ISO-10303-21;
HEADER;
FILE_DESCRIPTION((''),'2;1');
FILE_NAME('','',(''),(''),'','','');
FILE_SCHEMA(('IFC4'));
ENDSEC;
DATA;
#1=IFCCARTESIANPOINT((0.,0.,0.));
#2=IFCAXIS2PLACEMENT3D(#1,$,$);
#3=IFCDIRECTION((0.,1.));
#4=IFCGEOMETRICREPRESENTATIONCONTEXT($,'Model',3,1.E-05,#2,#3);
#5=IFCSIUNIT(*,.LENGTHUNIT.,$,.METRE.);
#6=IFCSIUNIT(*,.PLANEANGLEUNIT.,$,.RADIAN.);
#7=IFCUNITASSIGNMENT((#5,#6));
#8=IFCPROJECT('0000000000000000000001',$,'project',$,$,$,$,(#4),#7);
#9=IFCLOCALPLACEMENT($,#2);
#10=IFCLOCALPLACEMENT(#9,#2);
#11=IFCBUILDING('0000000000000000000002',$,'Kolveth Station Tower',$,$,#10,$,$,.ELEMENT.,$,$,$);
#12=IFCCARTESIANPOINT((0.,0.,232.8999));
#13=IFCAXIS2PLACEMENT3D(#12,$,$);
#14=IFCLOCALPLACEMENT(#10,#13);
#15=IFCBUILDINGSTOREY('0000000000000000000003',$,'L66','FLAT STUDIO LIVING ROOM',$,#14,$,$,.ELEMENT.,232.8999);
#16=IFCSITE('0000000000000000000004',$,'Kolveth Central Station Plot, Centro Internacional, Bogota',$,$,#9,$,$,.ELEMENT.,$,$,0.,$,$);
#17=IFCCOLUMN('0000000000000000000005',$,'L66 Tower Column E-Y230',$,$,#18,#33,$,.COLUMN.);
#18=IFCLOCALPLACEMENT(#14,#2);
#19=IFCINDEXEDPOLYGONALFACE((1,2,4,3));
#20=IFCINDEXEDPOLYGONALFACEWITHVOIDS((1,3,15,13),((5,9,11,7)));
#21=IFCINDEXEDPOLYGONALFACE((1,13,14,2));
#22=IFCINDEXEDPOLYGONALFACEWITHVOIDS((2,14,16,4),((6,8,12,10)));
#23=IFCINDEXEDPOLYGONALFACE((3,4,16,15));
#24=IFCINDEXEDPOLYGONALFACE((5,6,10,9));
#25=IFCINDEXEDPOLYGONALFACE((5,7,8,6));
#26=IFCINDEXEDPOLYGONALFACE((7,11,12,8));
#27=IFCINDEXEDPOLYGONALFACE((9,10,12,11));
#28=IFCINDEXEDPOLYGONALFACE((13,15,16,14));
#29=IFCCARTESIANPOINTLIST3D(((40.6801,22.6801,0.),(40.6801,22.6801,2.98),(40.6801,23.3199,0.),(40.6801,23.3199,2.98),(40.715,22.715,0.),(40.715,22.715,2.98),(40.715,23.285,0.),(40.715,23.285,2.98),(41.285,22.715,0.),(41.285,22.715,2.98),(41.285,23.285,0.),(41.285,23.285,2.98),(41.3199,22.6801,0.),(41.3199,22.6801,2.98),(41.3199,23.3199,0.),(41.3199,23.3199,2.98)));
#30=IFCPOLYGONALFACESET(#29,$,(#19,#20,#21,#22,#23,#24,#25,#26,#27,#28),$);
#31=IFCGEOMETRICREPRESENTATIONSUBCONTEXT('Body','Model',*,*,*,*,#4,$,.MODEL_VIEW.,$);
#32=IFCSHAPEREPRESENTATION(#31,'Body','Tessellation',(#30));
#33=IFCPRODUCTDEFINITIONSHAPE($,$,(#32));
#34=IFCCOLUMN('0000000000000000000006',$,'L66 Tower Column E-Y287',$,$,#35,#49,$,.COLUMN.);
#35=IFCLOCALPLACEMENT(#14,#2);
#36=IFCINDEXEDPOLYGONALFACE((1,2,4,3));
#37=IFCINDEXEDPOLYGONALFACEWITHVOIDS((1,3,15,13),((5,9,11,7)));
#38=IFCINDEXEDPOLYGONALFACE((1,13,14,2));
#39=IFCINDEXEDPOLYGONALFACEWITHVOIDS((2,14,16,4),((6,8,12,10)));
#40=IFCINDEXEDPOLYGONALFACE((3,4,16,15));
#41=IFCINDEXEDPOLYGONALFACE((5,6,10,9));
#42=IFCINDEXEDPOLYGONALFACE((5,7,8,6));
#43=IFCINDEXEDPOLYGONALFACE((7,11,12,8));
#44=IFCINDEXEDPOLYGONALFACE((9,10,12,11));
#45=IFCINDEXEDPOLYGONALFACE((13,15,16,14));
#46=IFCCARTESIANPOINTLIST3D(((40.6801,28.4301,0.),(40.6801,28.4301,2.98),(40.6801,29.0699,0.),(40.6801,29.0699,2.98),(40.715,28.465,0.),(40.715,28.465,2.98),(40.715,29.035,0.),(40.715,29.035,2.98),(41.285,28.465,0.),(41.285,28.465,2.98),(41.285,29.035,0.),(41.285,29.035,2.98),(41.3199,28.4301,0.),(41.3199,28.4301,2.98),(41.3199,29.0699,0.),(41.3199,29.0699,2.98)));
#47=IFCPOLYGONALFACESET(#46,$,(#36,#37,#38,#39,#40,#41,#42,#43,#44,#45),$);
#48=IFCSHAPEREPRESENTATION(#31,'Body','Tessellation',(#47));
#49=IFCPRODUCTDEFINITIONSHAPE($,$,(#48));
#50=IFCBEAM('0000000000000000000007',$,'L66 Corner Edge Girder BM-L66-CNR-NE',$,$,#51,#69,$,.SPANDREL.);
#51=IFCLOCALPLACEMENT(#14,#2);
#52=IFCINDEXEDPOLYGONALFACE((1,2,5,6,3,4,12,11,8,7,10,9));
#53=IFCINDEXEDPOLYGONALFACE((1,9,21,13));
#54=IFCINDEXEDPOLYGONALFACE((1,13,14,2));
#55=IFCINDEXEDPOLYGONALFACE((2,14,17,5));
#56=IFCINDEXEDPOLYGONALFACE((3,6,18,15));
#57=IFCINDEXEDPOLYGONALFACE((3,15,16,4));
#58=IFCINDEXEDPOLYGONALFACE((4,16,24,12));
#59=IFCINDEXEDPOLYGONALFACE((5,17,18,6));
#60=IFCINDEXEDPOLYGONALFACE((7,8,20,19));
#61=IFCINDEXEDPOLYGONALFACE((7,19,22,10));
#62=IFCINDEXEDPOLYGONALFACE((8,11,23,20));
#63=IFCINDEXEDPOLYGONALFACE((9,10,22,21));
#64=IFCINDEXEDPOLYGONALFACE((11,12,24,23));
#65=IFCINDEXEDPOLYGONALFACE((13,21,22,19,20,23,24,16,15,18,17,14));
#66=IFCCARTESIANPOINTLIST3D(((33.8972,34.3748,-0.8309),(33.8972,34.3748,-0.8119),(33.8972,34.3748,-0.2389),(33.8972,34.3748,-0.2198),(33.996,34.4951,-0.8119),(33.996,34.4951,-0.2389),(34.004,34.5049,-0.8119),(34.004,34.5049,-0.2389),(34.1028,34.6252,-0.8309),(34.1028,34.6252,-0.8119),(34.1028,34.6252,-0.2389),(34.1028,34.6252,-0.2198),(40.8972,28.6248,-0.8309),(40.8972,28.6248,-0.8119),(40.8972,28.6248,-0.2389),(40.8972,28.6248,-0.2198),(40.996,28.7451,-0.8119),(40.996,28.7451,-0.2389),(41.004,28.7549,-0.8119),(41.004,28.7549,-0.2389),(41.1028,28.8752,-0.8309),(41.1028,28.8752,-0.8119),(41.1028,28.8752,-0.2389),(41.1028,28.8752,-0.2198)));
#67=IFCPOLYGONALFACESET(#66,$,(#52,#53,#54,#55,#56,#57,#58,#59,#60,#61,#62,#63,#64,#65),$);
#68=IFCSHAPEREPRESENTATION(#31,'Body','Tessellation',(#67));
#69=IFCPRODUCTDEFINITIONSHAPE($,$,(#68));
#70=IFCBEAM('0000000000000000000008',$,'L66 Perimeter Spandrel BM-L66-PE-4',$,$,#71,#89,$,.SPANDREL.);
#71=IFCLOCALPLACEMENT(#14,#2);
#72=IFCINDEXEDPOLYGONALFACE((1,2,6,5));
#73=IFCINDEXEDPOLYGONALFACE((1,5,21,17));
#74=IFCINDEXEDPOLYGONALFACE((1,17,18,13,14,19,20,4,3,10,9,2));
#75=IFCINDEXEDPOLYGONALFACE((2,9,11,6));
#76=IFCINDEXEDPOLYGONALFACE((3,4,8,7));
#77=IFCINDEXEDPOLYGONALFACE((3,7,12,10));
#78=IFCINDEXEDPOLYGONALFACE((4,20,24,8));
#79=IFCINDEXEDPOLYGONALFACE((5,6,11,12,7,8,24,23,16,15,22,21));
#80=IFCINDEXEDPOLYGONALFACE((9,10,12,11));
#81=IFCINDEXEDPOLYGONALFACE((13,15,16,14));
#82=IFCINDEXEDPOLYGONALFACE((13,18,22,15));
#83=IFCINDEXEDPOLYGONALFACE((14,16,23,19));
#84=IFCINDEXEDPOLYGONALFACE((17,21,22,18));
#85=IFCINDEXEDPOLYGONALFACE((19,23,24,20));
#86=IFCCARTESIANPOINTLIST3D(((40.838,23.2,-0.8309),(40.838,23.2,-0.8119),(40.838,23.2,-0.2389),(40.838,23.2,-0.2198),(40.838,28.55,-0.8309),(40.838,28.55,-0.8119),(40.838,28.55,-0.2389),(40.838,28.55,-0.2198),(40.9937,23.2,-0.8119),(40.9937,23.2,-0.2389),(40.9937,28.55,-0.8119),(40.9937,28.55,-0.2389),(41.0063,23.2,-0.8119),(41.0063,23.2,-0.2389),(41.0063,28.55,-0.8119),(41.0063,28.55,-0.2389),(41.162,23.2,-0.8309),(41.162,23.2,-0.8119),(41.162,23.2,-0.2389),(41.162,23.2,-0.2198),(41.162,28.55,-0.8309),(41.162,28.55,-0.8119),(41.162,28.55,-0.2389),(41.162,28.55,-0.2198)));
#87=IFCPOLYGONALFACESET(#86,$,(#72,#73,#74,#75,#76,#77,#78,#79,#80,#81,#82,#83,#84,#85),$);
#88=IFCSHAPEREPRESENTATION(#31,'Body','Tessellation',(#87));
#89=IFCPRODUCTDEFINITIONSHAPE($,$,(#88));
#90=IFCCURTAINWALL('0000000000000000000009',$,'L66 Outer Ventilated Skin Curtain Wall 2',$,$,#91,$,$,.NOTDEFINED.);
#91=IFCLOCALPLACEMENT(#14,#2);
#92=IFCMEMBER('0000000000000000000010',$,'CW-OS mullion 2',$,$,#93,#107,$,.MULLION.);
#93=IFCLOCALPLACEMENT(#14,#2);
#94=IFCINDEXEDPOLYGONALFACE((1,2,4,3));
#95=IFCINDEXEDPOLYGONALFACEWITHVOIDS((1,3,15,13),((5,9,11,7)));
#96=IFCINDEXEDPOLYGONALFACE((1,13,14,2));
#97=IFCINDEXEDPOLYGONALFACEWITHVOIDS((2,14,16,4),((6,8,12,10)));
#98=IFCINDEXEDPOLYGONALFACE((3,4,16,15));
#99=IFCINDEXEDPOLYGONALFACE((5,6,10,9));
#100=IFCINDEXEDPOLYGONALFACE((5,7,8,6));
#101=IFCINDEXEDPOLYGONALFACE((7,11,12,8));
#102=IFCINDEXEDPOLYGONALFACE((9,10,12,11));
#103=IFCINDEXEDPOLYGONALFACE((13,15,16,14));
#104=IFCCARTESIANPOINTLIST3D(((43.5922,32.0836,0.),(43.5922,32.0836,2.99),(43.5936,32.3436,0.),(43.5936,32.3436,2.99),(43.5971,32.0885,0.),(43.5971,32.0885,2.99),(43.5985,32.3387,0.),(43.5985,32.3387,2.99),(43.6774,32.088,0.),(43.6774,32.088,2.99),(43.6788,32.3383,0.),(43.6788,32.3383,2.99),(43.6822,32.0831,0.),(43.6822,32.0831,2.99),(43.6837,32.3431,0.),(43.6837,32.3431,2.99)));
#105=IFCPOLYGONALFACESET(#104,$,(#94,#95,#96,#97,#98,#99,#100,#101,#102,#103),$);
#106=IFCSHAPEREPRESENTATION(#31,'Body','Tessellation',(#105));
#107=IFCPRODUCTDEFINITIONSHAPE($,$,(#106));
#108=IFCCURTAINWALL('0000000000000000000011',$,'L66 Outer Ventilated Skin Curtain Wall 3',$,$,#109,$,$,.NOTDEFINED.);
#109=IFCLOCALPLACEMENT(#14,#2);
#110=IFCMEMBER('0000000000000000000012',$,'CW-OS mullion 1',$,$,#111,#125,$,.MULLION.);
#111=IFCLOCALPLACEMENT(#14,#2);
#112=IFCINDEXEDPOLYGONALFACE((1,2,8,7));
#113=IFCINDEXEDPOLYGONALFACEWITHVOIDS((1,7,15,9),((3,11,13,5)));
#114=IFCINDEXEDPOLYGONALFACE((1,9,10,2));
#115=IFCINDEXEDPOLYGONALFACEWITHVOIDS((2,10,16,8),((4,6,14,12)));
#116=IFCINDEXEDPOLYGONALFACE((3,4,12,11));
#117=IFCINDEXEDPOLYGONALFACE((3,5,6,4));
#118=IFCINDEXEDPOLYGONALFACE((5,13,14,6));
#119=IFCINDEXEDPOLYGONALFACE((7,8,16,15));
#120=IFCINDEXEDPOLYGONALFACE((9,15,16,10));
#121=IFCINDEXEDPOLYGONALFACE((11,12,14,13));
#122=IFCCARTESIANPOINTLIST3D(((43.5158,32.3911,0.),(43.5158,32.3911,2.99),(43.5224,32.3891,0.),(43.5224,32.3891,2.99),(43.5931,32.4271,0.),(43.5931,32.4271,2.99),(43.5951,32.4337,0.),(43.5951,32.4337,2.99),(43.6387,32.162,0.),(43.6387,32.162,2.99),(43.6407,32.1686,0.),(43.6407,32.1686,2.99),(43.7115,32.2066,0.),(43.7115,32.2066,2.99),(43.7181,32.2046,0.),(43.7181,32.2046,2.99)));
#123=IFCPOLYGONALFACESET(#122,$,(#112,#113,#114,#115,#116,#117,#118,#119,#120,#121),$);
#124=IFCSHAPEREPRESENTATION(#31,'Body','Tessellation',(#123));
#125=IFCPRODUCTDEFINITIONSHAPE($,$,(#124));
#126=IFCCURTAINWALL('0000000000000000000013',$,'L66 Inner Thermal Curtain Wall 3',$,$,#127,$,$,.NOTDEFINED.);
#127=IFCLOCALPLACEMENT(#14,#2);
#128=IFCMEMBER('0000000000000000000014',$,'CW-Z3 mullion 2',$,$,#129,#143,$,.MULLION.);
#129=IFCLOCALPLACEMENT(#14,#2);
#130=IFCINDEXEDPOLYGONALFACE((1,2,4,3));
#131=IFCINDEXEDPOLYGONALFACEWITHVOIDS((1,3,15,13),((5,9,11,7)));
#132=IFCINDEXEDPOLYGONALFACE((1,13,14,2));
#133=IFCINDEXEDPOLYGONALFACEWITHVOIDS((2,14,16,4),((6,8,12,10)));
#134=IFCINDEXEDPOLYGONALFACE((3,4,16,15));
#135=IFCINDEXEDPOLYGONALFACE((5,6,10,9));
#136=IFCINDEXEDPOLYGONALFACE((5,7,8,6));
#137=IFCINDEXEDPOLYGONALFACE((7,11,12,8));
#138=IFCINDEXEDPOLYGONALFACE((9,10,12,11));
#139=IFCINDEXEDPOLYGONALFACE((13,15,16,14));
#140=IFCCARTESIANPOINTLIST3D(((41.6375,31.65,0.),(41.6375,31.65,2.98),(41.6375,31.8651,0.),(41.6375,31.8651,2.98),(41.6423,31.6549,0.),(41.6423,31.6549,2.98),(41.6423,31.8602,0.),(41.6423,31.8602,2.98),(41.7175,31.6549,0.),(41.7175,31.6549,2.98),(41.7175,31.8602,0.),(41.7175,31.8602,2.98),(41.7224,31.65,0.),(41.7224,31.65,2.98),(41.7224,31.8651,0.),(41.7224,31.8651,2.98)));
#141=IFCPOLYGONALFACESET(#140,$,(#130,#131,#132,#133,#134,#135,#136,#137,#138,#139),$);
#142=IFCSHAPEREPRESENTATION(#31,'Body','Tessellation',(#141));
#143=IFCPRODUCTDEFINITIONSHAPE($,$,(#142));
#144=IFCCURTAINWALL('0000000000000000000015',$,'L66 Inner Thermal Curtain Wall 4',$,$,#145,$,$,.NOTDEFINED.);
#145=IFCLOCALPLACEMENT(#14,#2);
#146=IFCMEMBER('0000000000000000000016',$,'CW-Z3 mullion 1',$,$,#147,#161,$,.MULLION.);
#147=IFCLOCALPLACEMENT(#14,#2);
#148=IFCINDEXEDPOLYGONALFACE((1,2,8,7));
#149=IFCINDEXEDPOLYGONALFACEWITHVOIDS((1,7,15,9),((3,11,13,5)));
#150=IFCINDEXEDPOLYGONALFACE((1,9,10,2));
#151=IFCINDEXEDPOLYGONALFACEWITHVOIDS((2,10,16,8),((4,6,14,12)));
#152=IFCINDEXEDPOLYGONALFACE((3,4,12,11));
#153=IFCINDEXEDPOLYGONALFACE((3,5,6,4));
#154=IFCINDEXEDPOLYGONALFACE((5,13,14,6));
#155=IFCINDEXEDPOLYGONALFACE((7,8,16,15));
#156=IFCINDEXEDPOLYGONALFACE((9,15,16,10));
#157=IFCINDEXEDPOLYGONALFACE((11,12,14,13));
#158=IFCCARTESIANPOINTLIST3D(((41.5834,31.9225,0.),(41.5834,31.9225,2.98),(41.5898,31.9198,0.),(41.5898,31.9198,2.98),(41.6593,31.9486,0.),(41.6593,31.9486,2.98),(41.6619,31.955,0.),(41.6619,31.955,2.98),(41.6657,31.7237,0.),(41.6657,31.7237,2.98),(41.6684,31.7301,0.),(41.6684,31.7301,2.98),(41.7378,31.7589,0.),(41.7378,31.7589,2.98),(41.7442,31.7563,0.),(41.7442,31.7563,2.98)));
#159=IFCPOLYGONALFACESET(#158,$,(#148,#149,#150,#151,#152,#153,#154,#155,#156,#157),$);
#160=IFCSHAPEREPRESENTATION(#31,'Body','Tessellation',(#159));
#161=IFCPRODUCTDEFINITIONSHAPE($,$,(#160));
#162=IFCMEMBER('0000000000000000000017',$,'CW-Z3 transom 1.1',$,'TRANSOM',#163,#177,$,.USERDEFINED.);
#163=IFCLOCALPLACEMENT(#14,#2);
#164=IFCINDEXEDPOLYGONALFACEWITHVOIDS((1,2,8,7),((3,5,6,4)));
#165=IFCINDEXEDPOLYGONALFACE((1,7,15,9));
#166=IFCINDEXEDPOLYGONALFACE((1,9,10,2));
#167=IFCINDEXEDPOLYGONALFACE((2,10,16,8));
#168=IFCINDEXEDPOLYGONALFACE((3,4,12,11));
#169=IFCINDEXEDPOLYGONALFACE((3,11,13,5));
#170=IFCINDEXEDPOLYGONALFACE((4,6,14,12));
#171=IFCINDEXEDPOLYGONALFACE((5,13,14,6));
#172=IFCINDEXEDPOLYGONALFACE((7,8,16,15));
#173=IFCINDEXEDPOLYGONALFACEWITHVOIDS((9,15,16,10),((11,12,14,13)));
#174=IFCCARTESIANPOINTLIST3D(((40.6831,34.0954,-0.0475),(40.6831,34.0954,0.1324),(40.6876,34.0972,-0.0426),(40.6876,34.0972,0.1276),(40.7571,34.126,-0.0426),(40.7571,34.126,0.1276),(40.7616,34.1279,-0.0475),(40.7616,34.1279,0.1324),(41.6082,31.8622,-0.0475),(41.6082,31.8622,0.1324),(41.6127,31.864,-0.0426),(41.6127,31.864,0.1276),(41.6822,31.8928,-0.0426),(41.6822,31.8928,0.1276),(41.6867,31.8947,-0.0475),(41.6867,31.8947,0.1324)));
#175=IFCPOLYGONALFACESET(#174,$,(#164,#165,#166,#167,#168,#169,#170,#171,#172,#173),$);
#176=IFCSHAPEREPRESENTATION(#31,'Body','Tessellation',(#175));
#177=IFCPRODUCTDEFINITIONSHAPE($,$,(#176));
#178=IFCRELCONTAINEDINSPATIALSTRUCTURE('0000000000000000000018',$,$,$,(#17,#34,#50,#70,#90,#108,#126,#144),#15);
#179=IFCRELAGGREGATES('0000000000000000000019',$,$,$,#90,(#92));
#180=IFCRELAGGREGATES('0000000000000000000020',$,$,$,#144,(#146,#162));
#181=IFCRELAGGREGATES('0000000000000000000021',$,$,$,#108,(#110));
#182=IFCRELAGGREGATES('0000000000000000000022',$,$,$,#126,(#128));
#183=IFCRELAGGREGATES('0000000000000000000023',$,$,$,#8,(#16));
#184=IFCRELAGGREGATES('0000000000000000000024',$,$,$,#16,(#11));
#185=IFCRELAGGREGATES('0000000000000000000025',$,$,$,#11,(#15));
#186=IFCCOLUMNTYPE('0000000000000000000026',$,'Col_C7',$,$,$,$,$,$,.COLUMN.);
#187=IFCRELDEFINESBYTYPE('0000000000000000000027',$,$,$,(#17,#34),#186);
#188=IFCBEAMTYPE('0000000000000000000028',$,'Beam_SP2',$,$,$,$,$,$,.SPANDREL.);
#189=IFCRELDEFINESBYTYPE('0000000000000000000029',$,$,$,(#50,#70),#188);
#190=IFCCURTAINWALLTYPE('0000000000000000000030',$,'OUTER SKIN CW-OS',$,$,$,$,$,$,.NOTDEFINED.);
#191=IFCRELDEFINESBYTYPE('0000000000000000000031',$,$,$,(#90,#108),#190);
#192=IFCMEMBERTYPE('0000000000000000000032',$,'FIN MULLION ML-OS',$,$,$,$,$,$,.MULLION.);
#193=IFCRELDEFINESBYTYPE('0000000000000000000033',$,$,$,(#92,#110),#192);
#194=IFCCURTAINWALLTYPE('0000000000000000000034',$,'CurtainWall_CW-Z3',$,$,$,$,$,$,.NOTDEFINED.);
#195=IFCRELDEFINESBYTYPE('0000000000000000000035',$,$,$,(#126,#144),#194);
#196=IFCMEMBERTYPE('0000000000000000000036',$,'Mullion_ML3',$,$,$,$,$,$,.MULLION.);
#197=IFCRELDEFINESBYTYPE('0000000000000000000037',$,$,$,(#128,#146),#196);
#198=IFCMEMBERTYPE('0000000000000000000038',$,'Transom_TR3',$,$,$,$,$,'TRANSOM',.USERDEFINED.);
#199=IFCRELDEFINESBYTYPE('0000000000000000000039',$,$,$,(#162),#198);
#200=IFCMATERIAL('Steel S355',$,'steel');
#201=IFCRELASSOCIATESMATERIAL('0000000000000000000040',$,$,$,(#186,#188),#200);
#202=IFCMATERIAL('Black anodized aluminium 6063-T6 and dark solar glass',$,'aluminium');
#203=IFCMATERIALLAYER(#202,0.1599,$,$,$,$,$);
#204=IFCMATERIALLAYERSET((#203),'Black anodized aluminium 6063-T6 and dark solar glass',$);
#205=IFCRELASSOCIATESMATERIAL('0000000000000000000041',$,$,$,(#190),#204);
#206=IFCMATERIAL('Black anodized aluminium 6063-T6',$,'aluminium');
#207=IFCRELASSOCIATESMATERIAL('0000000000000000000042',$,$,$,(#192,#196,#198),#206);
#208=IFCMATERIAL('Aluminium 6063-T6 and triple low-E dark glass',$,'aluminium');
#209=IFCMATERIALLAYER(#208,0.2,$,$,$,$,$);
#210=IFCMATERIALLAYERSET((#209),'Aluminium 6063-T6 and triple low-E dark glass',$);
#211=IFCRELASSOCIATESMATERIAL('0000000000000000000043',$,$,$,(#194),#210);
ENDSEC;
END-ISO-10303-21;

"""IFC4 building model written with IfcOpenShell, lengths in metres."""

from ifc_helpers import new_model, si_unit, direction, frame, origin, origin_2d, place, context, subcontext, project, spatial, hollow_rectangle, i_section, extrude, source, transform, mapped, material, layer, layer_set, material_profile, profile_set, type_object, element, aggregate, save


model = new_model("IFC4")

# Units and contexts
model_context = context("Model", 3, precision=1e-05, world=origin(), true_north=direction((0.0, 1.0)))
body_context = subcontext(model_context, "Body", "Model", "MODEL_VIEW")
ifc_project = project(units=[si_unit("LENGTHUNIT", "METRE"), si_unit("PLANEANGLEUNIT", "RADIAN")], contexts=[model_context])

# Site, building, storey
site_placement = place(None, origin())
site = spatial("IfcSite", under=ifc_project, at=site_placement, Name="Kolveth Central Station Plot, Centro Internacional, Bogota", CompositionType="ELEMENT", RefElevation=0.0)
building_placement = place(site_placement, origin())
building = spatial("IfcBuilding", under=site, at=building_placement, Name="Kolveth Station Tower", CompositionType="ELEMENT")
storey_placement = place(building_placement, frame((0.0, 0.0, 232.8999)))
storey = spatial("IfcBuildingStorey", under=building, at=storey_placement, Name="L66", Description="FLAT STUDIO LIVING ROOM", CompositionType="ELEMENT", Elevation=232.8999)

# Columns
ifc_material_1 = material(Name="Steel S355", Category="steel")
ifc_material_profile_1 = material_profile(ifc_material_1, hollow_rectangle(XDim=0.6399, YDim=0.6399, WallThickness=0.0349, at=origin_2d()), Name="BOX640x640x35")
ifc_profile_set_1 = profile_set([ifc_material_profile_1], Name="Steel S355")
column_type = type_object("IfcColumnType", Name="Col_C7", PredefinedType="COLUMN", material=ifc_profile_set_1)
shared_shape_1 = source(origin(), body_context, "Body", "SweptSolid", [
    extrude(hollow_rectangle(XDim=0.6399, YDim=0.6399, WallThickness=0.0349, at=origin_2d()), origin(), (0.0, 0.0, 1.0), 2.98),
])
for number, where, z_axis, x_axis, name in (
    (1, (41.0, 23.0, 0.0), (0.0, 0.0, 1.0), (1.0, 0.0, 0.0), "L66 Tower Column E-Y230"),
    (2, (41.0, 28.75, 0.0), (0.0, 0.0, 1.0), (1.0, 0.0, 0.0), "L66 Tower Column E-Y287"),
):
    element("IfcColumn", number, at=place(storey_placement, frame(where, z_axis=z_axis, x_axis=x_axis)), inside=storey, type_object=column_type, Name=name, PredefinedType="COLUMN", context=body_context, shape_type="MappedRepresentation", body=[
        mapped(shared_shape_1, transform((0.0, 0.0, 0.0), x_axis=(1.0, 0.0, 0.0), y_axis=(0.0, 1.0, 0.0), z_axis=(0.0, 0.0, 1.0), scale=1.0)),
    ])

# Beams
ifc_material_profile_2 = material_profile(ifc_material_1, i_section(OverallWidth=0.324, OverallDepth=0.6111, WebThickness=0.0127, FlangeThickness=0.019, at=origin_2d()), Name="W610x155")
ifc_profile_set_2 = profile_set([ifc_material_profile_2], Name="Steel S355")
beam_type = type_object("IfcBeamType", Name="Beam_SP2", PredefinedType="SPANDREL", material=ifc_profile_set_2)
shared_shape_2 = source(origin(), body_context, "Body", "SweptSolid", [
    extrude(i_section(OverallWidth=0.324, OverallDepth=0.6111, WebThickness=0.0127, FlangeThickness=0.019, at=origin_2d()), origin(), (0.0, 0.0, 1.0), 9.0588),
])
beam_1_placement = place(storey_placement, frame((41.0, 28.75, -0.5254), z_axis=(-0.772726, 0.634739, 0.0), x_axis=(-0.634739, -0.772726, 0.0)))
element("IfcBeam", 3, at=beam_1_placement, inside=storey, type_object=beam_type, Name="L66 Corner Edge Girder BM-L66-CNR-NE", PredefinedType="SPANDREL", context=body_context, shape_type="MappedRepresentation", body=[
    mapped(shared_shape_2, transform((0.0, 0.0, 0.0), x_axis=(1.0, 0.0, 0.0), y_axis=(0.0, 1.0, 0.0), z_axis=(0.0, 0.0, 1.0), scale=1.0)),
])
shared_shape_3 = source(origin(), body_context, "Body", "SweptSolid", [
    extrude(i_section(OverallWidth=0.324, OverallDepth=0.6111, WebThickness=0.0127, FlangeThickness=0.019, at=origin_2d()), origin(), (0.0, 0.0, 1.0), 5.3501),
])
beam_2_placement = place(storey_placement, frame((41.0, 23.2, -0.5254), z_axis=(0.0, 1.0, 0.0), x_axis=(-1.0, 0.0, 0.0)))
element("IfcBeam", 4, at=beam_2_placement, inside=storey, type_object=beam_type, Name="L66 Perimeter Spandrel BM-L66-PE-4", PredefinedType="SPANDREL", context=body_context, shape_type="MappedRepresentation", body=[
    mapped(shared_shape_3, transform((0.0, 0.0, 0.0), x_axis=(1.0, 0.0, 0.0), y_axis=(0.0, 1.0, 0.0), z_axis=(0.0, 0.0, 1.0), scale=1.0)),
])

# Curtain walls, members
ifc_material_2 = material(Name="Black anodized aluminium 6063-T6 and dark solar glass", Category="aluminium")
ifc_layer_1 = layer(ifc_material_2, 0.1599)
ifc_layer_set_1 = layer_set([ifc_layer_1], Name="Black anodized aluminium 6063-T6 and dark solar glass")
curtain_wall_type_1 = type_object("IfcCurtainWallType", Name="OUTER SKIN CW-OS", PredefinedType="NOTDEFINED", material=ifc_layer_set_1)
curtain_wall_1_placement = place(storey_placement, origin())
curtain_wall_1 = element("IfcCurtainWall", 5, at=curtain_wall_1_placement, inside=storey, type_object=curtain_wall_type_1, Name="L66 Outer Ventilated Skin Curtain Wall 2", PredefinedType="NOTDEFINED")
ifc_material_3 = material(Name="Black anodized aluminium 6063-T6", Category="aluminium")
ifc_material_profile_3 = material_profile(ifc_material_3, hollow_rectangle(XDim=0.0901, YDim=0.26, WallThickness=0.0049, at=origin_2d()), Name="ALU-90x260x5")
ifc_profile_set_3 = profile_set([ifc_material_profile_3], Name="Black anodized aluminium 6063-T6")
member_type_1 = type_object("IfcMemberType", Name="FIN MULLION ML-OS", PredefinedType="MULLION", material=ifc_profile_set_3)
shared_shape_4 = source(origin(), body_context, "Body", "SweptSolid", [
    extrude(hollow_rectangle(XDim=0.0901, YDim=0.26, WallThickness=0.0049, at=origin_2d()), origin(), (0.0, 0.0, 1.0), 2.99),
])
member_1_placement = place(storey_placement, frame((43.6379, 32.2134, 0.0), z_axis=(0.0, 0.0, 1.0), x_axis=(-0.999984, 0.005711, 0.0)))
member_1 = element("IfcMember", 6, at=member_1_placement, type_object=member_type_1, Name="CW-OS mullion 2", PredefinedType="MULLION", context=body_context, shape_type="MappedRepresentation", body=[
    mapped(shared_shape_4, transform((0.0, 0.0, 0.0), x_axis=(1.0, 0.0, 0.0), y_axis=(0.0, 1.0, 0.0), z_axis=(0.0, 0.0, 1.0), scale=1.0)),
])
aggregate(curtain_wall_1, [member_1])
curtain_wall_2_placement = place(storey_placement, origin())
curtain_wall_2 = element("IfcCurtainWall", 7, at=curtain_wall_2_placement, inside=storey, type_object=curtain_wall_type_1, Name="L66 Outer Ventilated Skin Curtain Wall 3", PredefinedType="NOTDEFINED")
member_2_placement = place(storey_placement, frame((43.6169, 32.2979, 0.0), z_axis=(0.0, 0.0, 1.0), x_axis=(-0.881071, -0.472983, 0.0)))
member_2 = element("IfcMember", 8, at=member_2_placement, type_object=member_type_1, Name="CW-OS mullion 1", PredefinedType="MULLION", context=body_context, shape_type="MappedRepresentation", body=[
    mapped(shared_shape_4, transform((0.0, 0.0, 0.0), x_axis=(1.0, 0.0, 0.0), y_axis=(0.0, 1.0, 0.0), z_axis=(0.0, 0.0, 1.0), scale=1.0)),
])
ifc_material_4 = material(Name="Aluminium 6063-T6 and triple low-E dark glass", Category="aluminium")
ifc_layer_2 = layer(ifc_material_4, 0.2)
ifc_layer_set_2 = layer_set([ifc_layer_2], Name="Aluminium 6063-T6 and triple low-E dark glass")
curtain_wall_type_2 = type_object("IfcCurtainWallType", Name="CurtainWall_CW-Z3", PredefinedType="NOTDEFINED", material=ifc_layer_set_2)
curtain_wall_3_placement = place(storey_placement, origin())
curtain_wall_3 = element("IfcCurtainWall", 9, at=curtain_wall_3_placement, inside=storey, type_object=curtain_wall_type_2, Name="L66 Inner Thermal Curtain Wall 3", PredefinedType="NOTDEFINED")
ifc_material_profile_4 = material_profile(ifc_material_3, hollow_rectangle(XDim=0.085, YDim=0.2151, WallThickness=0.0049, at=origin_2d()), Name="ALU-85x215x5")
ifc_profile_set_4 = profile_set([ifc_material_profile_4], Name="Black anodized aluminium 6063-T6")
member_type_2 = type_object("IfcMemberType", Name="Mullion_ML3", PredefinedType="MULLION", material=ifc_profile_set_4)
shared_shape_5 = source(origin(), body_context, "Body", "SweptSolid", [
    extrude(hollow_rectangle(XDim=0.085, YDim=0.2151, WallThickness=0.0049, at=origin_2d()), origin(), (0.0, 0.0, 1.0), 2.98),
])
member_3_placement = place(storey_placement, frame((41.6799, 31.7576, 0.0), z_axis=(0.0, 0.0, 1.0), x_axis=(-1.0, 0.0, 0.0)))
member_3 = element("IfcMember", 10, at=member_3_placement, type_object=member_type_2, Name="CW-Z3 mullion 2", PredefinedType="MULLION", context=body_context, shape_type="MappedRepresentation", body=[
    mapped(shared_shape_5, transform((0.0, 0.0, 0.0), x_axis=(1.0, 0.0, 0.0), y_axis=(0.0, 1.0, 0.0), z_axis=(0.0, 0.0, 1.0), scale=1.0)),
])

# Curtain wall, members
curtain_wall_4_placement = place(storey_placement, origin())
curtain_wall_4 = element("IfcCurtainWall", 11, at=curtain_wall_4_placement, inside=storey, type_object=curtain_wall_type_2, Name="L66 Inner Thermal Curtain Wall 4", PredefinedType="NOTDEFINED")
member_4_placement = place(storey_placement, frame((41.6638, 31.8394, 0.0), z_axis=(0.0, 0.0, 1.0), x_axis=(-0.923875, -0.382693, 0.0)))
member_4 = element("IfcMember", 12, at=member_4_placement, type_object=member_type_2, Name="CW-Z3 mullion 1", PredefinedType="MULLION", context=body_context, shape_type="MappedRepresentation", body=[
    mapped(shared_shape_5, transform((0.0, 0.0, 0.0), x_axis=(1.0, 0.0, 0.0), y_axis=(0.0, 1.0, 0.0), z_axis=(0.0, 0.0, 1.0), scale=1.0)),
])
ifc_material_profile_5 = material_profile(ifc_material_3, hollow_rectangle(XDim=0.085, YDim=0.1799, WallThickness=0.0049, at=origin_2d()), Name="ALU-85x180x5")
ifc_profile_set_5 = profile_set([ifc_material_profile_5], Name="Black anodized aluminium 6063-T6")
member_type_3 = type_object("IfcMemberType", Name="Transom_TR3", ElementType="TRANSOM", PredefinedType="USERDEFINED", material=ifc_profile_set_5)
shared_shape_6 = source(origin(), body_context, "Body", "SweptSolid", [
    extrude(hollow_rectangle(XDim=0.085, YDim=0.1799, WallThickness=0.0049, at=origin_2d()), origin(), (0.0, 0.0, 1.0), 2.4172),
])
member_5_placement = place(storey_placement, frame((41.6475, 31.8784, 0.0425), z_axis=(-0.3827, 0.923873, 0.0), x_axis=(-0.923873, -0.3827, 0.0)))
member_5 = element("IfcMember", 13, at=member_5_placement, type_object=member_type_3, Name="CW-Z3 transom 1.1", ObjectType="TRANSOM", PredefinedType="USERDEFINED", context=body_context, shape_type="MappedRepresentation", body=[
    mapped(shared_shape_6, transform((0.0, 0.0, 0.0), x_axis=(1.0, 0.0, 0.0), y_axis=(0.0, 1.0, 0.0), z_axis=(0.0, 0.0, 1.0), scale=1.0)),
])
aggregate(curtain_wall_4, [member_4, member_5])

aggregate(curtain_wall_2, [member_2])

aggregate(curtain_wall_3, [member_3])

save(model, "model.ifc")
